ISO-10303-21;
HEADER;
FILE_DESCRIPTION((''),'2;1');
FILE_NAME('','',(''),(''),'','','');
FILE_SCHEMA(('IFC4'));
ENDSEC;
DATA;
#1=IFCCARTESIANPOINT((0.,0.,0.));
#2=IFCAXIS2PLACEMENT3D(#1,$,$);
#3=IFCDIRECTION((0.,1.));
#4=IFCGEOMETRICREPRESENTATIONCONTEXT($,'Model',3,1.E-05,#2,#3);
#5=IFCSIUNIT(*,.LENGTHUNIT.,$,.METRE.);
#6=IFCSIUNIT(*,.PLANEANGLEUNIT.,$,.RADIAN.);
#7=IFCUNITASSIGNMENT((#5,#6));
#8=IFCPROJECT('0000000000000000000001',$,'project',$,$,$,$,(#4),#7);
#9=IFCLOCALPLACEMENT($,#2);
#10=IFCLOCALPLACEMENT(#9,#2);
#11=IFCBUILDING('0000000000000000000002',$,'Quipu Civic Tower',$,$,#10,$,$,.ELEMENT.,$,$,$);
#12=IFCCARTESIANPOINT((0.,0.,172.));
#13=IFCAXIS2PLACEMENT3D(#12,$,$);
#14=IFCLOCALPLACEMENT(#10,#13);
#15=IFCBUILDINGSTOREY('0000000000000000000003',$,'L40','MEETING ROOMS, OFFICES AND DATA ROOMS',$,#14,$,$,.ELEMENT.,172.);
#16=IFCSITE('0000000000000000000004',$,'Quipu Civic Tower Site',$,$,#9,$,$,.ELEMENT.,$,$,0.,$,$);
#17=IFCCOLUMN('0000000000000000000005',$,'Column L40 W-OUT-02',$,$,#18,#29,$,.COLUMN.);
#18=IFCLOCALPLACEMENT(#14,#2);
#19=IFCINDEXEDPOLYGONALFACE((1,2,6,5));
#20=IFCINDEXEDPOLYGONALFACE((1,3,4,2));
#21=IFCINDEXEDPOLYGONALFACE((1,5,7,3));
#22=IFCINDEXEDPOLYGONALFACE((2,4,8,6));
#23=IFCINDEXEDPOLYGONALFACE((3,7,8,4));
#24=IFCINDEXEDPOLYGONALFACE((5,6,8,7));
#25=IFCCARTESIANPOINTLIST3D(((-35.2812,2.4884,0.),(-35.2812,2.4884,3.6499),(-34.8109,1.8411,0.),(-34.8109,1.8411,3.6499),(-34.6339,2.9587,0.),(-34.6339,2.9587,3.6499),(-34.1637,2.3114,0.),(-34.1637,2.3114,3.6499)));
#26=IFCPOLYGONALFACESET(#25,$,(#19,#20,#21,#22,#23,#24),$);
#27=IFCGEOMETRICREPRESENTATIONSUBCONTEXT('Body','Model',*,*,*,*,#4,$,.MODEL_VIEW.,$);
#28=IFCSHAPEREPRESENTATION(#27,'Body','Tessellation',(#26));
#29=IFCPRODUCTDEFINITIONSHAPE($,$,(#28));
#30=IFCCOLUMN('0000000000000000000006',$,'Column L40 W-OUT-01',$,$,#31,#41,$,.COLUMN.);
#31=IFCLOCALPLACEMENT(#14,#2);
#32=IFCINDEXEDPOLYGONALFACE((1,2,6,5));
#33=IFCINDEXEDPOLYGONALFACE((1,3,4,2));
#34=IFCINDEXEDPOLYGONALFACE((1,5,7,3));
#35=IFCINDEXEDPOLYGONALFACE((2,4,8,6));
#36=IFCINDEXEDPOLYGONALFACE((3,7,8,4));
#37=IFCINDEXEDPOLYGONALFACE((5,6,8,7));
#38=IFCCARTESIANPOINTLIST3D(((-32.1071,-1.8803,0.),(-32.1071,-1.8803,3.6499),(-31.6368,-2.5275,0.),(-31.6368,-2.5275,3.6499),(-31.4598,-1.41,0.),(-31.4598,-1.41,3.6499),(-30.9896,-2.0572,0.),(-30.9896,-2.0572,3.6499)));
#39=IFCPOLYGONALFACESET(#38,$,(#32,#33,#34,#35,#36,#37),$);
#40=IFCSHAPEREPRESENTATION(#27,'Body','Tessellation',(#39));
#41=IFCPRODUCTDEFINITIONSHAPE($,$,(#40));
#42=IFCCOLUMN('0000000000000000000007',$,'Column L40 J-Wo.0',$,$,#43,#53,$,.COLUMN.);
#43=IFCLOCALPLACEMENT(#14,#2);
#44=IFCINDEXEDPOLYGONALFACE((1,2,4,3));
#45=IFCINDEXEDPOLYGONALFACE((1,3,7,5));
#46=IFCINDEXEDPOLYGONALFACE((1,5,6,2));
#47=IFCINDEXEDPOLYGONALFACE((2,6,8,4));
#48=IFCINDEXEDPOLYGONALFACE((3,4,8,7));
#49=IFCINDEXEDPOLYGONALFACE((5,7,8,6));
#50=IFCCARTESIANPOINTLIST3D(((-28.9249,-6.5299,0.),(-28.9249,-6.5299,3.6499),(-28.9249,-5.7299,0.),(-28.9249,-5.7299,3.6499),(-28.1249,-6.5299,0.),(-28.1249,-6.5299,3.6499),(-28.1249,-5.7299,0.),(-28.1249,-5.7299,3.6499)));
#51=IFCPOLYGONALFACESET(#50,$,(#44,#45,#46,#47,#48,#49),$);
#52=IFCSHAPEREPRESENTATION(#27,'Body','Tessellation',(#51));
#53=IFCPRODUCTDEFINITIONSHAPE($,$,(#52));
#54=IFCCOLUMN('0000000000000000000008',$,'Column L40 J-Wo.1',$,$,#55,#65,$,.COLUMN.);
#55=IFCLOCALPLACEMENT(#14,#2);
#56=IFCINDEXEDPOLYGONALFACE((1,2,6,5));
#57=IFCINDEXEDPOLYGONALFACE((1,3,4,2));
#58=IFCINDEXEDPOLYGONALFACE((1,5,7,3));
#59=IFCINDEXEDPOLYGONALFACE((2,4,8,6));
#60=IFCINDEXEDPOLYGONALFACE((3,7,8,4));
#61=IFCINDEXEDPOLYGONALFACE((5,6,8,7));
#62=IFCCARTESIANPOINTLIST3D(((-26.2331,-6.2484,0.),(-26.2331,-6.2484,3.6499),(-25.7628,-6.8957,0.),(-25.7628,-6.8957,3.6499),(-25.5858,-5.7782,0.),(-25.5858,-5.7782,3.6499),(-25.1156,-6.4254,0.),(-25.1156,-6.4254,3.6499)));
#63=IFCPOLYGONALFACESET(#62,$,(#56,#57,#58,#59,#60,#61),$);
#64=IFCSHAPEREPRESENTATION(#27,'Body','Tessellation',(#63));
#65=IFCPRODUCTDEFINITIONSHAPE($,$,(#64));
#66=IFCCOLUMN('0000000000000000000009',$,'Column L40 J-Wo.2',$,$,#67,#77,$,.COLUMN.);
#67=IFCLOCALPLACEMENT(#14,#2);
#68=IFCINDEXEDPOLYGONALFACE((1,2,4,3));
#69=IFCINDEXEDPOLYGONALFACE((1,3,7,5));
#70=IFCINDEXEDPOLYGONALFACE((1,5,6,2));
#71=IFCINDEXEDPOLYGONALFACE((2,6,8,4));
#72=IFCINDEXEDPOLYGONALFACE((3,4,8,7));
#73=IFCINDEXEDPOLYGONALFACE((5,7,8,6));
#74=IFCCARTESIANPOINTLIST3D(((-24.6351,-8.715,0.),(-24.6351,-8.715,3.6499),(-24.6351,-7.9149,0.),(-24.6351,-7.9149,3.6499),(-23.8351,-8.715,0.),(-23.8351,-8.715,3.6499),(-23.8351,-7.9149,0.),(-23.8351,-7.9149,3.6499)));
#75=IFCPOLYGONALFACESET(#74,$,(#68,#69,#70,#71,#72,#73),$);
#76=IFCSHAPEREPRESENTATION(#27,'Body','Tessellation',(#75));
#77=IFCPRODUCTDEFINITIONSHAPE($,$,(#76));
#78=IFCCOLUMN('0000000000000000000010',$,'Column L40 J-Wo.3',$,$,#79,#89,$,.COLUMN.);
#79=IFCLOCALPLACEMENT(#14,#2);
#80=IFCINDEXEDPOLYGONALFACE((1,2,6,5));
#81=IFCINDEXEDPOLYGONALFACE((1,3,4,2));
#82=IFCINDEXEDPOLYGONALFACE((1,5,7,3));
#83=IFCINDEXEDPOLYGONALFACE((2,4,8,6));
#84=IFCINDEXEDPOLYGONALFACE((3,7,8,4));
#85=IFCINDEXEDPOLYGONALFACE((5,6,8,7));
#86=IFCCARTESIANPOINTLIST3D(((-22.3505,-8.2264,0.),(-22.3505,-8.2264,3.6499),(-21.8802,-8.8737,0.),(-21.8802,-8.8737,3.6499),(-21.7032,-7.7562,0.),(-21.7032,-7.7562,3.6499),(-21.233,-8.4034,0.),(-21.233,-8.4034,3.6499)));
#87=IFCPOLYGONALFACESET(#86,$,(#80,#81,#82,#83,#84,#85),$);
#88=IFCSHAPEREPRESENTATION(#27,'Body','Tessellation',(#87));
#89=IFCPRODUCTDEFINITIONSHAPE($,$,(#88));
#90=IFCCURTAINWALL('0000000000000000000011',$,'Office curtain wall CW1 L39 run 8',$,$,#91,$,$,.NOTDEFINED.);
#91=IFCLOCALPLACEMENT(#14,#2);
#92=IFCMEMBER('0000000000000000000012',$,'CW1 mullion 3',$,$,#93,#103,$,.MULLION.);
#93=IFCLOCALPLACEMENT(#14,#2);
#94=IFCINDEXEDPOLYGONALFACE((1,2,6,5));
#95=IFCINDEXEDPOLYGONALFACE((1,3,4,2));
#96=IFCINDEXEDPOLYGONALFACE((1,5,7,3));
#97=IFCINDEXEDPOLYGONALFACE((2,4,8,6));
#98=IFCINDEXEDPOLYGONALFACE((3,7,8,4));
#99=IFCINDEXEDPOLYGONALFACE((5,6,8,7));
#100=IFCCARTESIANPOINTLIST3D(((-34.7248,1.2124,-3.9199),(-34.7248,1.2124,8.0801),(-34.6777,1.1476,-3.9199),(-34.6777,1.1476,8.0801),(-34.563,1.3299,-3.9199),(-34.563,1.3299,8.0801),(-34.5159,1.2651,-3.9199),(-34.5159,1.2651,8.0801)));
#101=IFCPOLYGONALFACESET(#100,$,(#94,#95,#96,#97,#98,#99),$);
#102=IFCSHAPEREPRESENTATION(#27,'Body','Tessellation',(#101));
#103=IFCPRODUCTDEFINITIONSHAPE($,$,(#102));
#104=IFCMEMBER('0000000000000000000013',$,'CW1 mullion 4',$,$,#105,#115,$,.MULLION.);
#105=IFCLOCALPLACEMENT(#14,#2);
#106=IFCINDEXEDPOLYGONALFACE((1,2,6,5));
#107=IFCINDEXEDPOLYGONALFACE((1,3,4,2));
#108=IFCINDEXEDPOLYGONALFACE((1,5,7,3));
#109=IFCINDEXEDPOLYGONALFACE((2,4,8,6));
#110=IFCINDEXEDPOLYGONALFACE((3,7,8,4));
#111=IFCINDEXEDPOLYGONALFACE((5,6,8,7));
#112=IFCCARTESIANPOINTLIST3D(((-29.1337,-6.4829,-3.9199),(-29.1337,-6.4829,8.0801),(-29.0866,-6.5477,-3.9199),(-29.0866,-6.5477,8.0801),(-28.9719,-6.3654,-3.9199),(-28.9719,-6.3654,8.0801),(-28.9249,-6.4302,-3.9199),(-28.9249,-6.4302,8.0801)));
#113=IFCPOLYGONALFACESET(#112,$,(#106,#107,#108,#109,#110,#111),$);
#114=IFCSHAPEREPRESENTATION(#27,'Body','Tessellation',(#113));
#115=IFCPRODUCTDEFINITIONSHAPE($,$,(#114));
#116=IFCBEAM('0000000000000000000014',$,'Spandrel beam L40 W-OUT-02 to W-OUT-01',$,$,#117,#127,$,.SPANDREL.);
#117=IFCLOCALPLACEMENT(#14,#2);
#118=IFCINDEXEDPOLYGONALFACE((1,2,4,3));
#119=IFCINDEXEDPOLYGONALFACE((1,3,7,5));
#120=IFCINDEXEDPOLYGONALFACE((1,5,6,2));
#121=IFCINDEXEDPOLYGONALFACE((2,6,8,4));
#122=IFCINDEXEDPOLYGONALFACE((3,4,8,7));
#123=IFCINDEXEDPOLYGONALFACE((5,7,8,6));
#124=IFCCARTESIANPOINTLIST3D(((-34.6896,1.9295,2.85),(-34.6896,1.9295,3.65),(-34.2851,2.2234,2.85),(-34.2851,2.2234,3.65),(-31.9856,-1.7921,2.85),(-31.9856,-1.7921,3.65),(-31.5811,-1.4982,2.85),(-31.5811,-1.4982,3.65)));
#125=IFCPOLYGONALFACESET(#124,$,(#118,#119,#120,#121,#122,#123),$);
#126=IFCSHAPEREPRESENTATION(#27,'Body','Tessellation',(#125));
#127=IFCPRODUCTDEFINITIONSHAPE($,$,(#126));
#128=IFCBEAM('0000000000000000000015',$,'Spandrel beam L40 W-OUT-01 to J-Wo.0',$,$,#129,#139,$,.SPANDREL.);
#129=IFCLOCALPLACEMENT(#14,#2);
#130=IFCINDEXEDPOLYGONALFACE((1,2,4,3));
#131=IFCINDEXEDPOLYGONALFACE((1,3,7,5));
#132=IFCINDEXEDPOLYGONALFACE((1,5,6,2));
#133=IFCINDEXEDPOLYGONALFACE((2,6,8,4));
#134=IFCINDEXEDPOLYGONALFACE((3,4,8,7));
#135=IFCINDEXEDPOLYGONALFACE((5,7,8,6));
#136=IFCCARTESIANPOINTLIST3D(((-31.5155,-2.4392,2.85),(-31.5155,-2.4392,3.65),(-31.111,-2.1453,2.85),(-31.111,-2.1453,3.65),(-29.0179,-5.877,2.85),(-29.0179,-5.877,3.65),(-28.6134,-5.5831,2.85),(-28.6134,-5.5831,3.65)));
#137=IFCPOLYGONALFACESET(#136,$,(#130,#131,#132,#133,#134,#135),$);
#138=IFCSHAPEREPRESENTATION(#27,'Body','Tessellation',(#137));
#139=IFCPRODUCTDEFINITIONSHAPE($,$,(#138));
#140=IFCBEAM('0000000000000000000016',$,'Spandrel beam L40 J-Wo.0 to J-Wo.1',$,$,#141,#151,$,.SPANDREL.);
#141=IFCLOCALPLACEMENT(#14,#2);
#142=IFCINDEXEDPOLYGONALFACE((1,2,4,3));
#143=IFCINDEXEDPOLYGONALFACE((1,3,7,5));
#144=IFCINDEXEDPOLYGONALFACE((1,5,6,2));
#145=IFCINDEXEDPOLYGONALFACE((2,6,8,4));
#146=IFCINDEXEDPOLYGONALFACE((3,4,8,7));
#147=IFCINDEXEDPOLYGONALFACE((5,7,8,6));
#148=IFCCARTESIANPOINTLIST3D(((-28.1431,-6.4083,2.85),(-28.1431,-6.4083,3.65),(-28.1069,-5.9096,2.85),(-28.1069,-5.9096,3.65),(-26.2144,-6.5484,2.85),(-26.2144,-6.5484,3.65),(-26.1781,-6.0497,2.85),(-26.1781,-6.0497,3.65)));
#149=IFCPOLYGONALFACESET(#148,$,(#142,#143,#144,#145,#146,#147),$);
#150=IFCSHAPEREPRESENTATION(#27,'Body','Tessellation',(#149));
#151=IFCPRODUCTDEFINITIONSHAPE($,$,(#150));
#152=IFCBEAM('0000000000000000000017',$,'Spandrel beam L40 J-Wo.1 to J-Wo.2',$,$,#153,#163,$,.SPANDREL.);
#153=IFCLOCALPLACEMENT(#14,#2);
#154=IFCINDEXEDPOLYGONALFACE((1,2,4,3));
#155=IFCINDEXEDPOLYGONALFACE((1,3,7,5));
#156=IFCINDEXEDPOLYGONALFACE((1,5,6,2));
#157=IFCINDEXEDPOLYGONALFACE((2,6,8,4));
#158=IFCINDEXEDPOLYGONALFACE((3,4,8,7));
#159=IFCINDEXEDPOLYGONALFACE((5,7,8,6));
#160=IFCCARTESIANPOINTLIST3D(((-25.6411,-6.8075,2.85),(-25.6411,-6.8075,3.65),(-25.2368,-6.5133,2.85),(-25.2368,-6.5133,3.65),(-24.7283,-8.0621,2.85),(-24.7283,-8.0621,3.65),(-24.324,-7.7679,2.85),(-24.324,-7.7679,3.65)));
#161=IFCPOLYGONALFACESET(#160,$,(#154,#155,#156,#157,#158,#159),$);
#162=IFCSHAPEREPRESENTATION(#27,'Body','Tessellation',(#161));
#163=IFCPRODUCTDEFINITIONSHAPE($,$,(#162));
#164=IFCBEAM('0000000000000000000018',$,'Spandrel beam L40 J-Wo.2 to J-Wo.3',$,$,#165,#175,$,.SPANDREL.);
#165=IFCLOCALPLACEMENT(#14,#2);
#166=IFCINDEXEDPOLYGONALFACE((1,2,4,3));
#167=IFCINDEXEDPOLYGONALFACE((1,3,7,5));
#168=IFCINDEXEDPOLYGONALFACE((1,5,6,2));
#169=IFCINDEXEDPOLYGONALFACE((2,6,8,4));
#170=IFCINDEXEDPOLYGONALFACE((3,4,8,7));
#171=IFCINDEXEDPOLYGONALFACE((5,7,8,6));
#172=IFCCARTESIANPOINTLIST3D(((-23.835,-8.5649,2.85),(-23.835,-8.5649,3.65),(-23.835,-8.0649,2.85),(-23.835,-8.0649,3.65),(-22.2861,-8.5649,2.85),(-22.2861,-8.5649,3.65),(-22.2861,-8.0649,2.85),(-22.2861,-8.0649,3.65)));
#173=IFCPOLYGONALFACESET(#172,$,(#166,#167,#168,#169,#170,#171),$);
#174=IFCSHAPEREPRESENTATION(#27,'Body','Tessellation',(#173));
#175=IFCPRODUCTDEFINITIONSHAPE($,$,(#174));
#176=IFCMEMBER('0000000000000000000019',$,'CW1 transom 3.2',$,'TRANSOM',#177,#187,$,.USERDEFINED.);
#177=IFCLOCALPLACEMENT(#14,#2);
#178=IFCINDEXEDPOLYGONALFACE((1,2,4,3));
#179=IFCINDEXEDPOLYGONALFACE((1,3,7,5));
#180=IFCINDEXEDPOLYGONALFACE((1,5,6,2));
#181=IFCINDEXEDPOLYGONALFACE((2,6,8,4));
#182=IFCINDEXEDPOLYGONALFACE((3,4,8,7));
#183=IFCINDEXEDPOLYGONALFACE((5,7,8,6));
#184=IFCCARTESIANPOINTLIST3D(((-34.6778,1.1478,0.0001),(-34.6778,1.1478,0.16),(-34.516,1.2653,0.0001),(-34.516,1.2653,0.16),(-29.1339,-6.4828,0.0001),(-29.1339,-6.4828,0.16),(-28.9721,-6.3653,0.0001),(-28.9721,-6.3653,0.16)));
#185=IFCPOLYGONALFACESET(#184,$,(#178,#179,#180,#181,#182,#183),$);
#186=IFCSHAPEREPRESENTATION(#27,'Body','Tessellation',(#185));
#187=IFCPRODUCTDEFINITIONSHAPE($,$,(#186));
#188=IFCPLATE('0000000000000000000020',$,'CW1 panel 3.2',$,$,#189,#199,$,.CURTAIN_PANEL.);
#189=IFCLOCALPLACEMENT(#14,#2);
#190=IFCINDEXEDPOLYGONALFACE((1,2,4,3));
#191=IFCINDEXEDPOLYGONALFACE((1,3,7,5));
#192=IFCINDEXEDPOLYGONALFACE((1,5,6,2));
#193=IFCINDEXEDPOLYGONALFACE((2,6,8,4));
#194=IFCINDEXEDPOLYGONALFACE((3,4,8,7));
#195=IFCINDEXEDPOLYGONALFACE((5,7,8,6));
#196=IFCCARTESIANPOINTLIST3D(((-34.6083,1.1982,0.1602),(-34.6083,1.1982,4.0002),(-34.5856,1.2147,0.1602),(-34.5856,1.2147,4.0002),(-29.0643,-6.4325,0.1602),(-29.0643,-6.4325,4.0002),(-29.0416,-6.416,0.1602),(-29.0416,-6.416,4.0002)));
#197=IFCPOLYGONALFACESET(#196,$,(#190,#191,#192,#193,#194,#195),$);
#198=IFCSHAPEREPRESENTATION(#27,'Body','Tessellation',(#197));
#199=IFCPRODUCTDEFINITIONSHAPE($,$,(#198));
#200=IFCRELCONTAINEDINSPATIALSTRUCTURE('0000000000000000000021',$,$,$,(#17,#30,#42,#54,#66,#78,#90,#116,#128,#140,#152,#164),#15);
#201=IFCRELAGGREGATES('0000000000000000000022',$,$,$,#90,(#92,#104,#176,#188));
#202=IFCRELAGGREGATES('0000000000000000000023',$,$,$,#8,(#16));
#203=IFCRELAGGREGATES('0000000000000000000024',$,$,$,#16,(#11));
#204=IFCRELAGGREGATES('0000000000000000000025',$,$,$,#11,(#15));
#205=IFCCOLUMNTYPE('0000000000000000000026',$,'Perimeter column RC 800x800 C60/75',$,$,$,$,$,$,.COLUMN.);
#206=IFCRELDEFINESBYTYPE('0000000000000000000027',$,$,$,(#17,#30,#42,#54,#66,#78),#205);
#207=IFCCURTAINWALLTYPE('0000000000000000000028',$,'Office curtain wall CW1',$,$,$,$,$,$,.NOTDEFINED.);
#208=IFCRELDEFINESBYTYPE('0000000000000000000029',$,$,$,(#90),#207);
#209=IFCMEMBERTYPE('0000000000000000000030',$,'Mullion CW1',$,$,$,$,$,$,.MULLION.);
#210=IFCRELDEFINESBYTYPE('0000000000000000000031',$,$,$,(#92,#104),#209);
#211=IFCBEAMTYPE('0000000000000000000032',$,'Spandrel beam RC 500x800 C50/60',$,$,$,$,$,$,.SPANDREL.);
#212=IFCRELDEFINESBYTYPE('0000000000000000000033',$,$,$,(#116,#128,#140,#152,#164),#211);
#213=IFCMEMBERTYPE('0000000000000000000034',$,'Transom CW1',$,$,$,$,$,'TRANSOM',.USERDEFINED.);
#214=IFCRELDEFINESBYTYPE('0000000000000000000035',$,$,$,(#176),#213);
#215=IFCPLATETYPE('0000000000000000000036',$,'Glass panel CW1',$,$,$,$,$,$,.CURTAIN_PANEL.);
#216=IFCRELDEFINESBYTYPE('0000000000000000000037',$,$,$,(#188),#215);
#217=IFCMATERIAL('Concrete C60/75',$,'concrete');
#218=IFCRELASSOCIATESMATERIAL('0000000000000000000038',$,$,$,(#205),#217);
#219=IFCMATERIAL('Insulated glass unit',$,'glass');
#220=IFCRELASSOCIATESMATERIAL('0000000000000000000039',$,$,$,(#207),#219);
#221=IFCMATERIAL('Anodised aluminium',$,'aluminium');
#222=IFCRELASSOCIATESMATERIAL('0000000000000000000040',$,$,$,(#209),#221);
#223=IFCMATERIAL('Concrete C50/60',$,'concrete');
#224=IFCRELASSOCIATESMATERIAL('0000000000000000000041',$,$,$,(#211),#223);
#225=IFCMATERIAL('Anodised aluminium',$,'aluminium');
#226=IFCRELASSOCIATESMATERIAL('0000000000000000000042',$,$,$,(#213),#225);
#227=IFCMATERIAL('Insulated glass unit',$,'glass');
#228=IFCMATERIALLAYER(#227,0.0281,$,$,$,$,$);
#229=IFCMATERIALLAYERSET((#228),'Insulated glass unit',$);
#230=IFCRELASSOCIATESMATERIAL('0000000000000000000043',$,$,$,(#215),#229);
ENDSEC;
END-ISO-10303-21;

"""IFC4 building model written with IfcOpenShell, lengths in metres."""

from ifc_helpers import new_model, si_unit, direction, frame, origin, origin_2d, place, context, subcontext, project, spatial, rectangle, extrude, material, layer, layer_set, material_profile, profile_set, type_object, element, aggregate, save


model = new_model("IFC4")

# Units and contexts
model_context = context("Model", 3, precision=1e-05, world=origin(), true_north=direction((0.0, 1.0)))
body_context = subcontext(model_context, "Body", "Model", "MODEL_VIEW")
ifc_project = project(units=[si_unit("LENGTHUNIT", "METRE"), si_unit("PLANEANGLEUNIT", "RADIAN")], contexts=[model_context])

# Site, building, storey
site_placement = place(None, origin())
site = spatial("IfcSite", under=ifc_project, at=site_placement, Name="Quipu Civic Tower Site", CompositionType="ELEMENT", RefElevation=0.0)
building_placement = place(site_placement, origin())
building = spatial("IfcBuilding", under=site, at=building_placement, Name="Quipu Civic Tower", CompositionType="ELEMENT")
storey_placement = place(building_placement, frame((0.0, 0.0, 172.0)))
storey = spatial("IfcBuildingStorey", under=building, at=storey_placement, Name="L40", Description="MEETING ROOMS, OFFICES AND DATA ROOMS", CompositionType="ELEMENT", Elevation=172.0)

# Columns
ifc_material_1 = material(Name="Concrete C60/75", Category="concrete")
ifc_material_profile_1 = material_profile(ifc_material_1, rectangle(XDim=0.8, YDim=0.8, at=origin_2d()), Name="RC800x800")
ifc_profile_set_1 = profile_set([ifc_material_profile_1], Name="Concrete C60/75")
column_type = type_object("IfcColumnType", Name="Perimeter column RC 800x800 C60/75", PredefinedType="COLUMN", material=ifc_profile_set_1)
for number, where, z_axis, x_axis, name in (
    (1, (-34.7224, 2.3999, 0.0), (0.0, 0.0, 1.0), (0.587785, -0.809017, 0.0), "Column L40 W-OUT-02"),
    (2, (-31.5483, -1.9688, 0.0), (0.0, 0.0, 1.0), (0.587785, -0.809017, 0.0), "Column L40 W-OUT-01"),
    (3, (-28.5249, -6.1299, 0.0), (0.0, 0.0, 1.0), (1.0, 0.0, 0.0), "Column L40 J-Wo.0"),
    (4, (-25.6743, -6.3369, 0.0), (0.0, 0.0, 1.0), (0.587785, -0.809017, 0.0), "Column L40 J-Wo.1"),
    (5, (-24.2351, -8.3149, 0.0), (0.0, 0.0, 1.0), (1.0, 0.0, 0.0), "Column L40 J-Wo.2"),
    (6, (-21.7917, -8.3149, 0.0), (0.0, 0.0, 1.0), (0.587785, -0.809017, 0.0), "Column L40 J-Wo.3"),
):
    element("IfcColumn", number, at=place(storey_placement, frame(where, z_axis=z_axis, x_axis=x_axis)), inside=storey, type_object=column_type, Name=name, PredefinedType="COLUMN", context=body_context, shape_type="SweptSolid", body=[
        extrude(rectangle(XDim=0.8, YDim=0.8, at=origin_2d()), origin(), (0.0, 0.0, 1.0), 3.6499),
    ])

# Curtain wall, members
ifc_material_2 = material(Name="Insulated glass unit", Category="glass")
curtain_wall_type = type_object("IfcCurtainWallType", Name="Office curtain wall CW1", PredefinedType="NOTDEFINED", material=ifc_material_2)
curtain_wall_placement = place(storey_placement, origin())
curtain_wall = element("IfcCurtainWall", 7, at=curtain_wall_placement, inside=storey, type_object=curtain_wall_type, Name="Office curtain wall CW1 L39 run 8", PredefinedType="NOTDEFINED")
ifc_material_3 = material(Name="Anodised aluminium", Category="aluminium")
ifc_material_profile_2 = material_profile(ifc_material_3, rectangle(XDim=0.2, YDim=0.0801, at=origin_2d()), Name="RECT 200x80")
ifc_profile_set_2 = profile_set([ifc_material_profile_2], Name="Anodised aluminium")
member_type_1 = type_object("IfcMemberType", Name="Mullion CW1", PredefinedType="MULLION", material=ifc_profile_set_2)
member_1_placement = place(storey_placement, frame((-34.6204, 1.2388, -3.9199), z_axis=(0.0, 0.0, 1.0), x_axis=(0.809017, 0.587786, 0.0)))
member_1 = element("IfcMember", 8, at=member_1_placement, type_object=member_type_1, Name="CW1 mullion 3", PredefinedType="MULLION", context=body_context, shape_type="SweptSolid", body=[
    extrude(rectangle(XDim=0.2, YDim=0.0801, at=origin_2d()), origin(), (0.0, 0.0, 1.0), 12.0),
])
member_2_placement = place(storey_placement, frame((-29.0293, -6.4565, -3.9199), z_axis=(0.0, 0.0, 1.0), x_axis=(0.809017, 0.587786, 0.0)))
member_2 = element("IfcMember", 9, at=member_2_placement, type_object=member_type_1, Name="CW1 mullion 4", PredefinedType="MULLION", context=body_context, shape_type="SweptSolid", body=[
    extrude(rectangle(XDim=0.2, YDim=0.0801, at=origin_2d()), origin(), (0.0, 0.0, 1.0), 12.0),
])

# Beams
ifc_material_4 = material(Name="Concrete C50/60", Category="concrete")
ifc_material_profile_3 = material_profile(ifc_material_4, rectangle(XDim=0.5, YDim=0.8, at=origin_2d()), Name="RC500x800")
ifc_profile_set_3 = profile_set([ifc_material_profile_3], Name="Concrete C50/60")
beam_type = type_object("IfcBeamType", Name="Spandrel beam RC 500x800 C50/60", PredefinedType="SPANDREL", material=ifc_profile_set_3)
beam_1_placement = place(storey_placement, frame((-34.4873, 2.0764, 3.25), z_axis=(0.587796, -0.809009, 0.0), x_axis=(0.809009, 0.587796, 0.0)))
element("IfcBeam", 10, at=beam_1_placement, inside=storey, type_object=beam_type, Name="Spandrel beam L40 W-OUT-02 to W-OUT-01", PredefinedType="SPANDREL", context=body_context, shape_type="SweptSolid", body=[
    extrude(rectangle(XDim=0.5, YDim=0.8, at=origin_2d()), origin(), (0.0, 0.0, 1.0), 4.6001),
])
beam_2_placement = place(storey_placement, frame((-31.3132, -2.2922, 3.25), z_axis=(0.587769, -0.809029, 0.0), x_axis=(0.809029, 0.587769, 0.0)))
element("IfcBeam", 11, at=beam_2_placement, inside=storey, type_object=beam_type, Name="Spandrel beam L40 W-OUT-01 to J-Wo.0", PredefinedType="SPANDREL", context=body_context, shape_type="SweptSolid", body=[
    extrude(rectangle(XDim=0.5, YDim=0.8, at=origin_2d()), origin(), (0.0, 0.0, 1.0), 4.2493),
])
beam_3_placement = place(storey_placement, frame((-28.125, -6.1589, 3.25), z_axis=(0.997371, -0.072467, 0.0), x_axis=(0.072467, 0.997371, 0.0)))
element("IfcBeam", 12, at=beam_3_placement, inside=storey, type_object=beam_type, Name="Spandrel beam L40 J-Wo.0 to J-Wo.1", PredefinedType="SPANDREL", context=body_context, shape_type="SweptSolid", body=[
    extrude(rectangle(XDim=0.5, YDim=0.8, at=origin_2d()), origin(), (0.0, 0.0, 1.0), 1.9338),
])
beam_4_placement = place(storey_placement, frame((-25.439, -6.6604, 3.25), z_axis=(0.588331, -0.80862, 0.0), x_axis=(0.80862, 0.588331, 0.0)))
element("IfcBeam", 13, at=beam_4_placement, inside=storey, type_object=beam_type, Name="Spandrel beam L40 J-Wo.1 to J-Wo.2", PredefinedType="SPANDREL", context=body_context, shape_type="SweptSolid", body=[
    extrude(rectangle(XDim=0.5, YDim=0.8, at=origin_2d()), origin(), (0.0, 0.0, 1.0), 1.5515),
])
beam_5_placement = place(storey_placement, frame((-23.835, -8.3149, 3.25), z_axis=(1.0, 0.0, 0.0), x_axis=(0.0, 1.0, 0.0)))
element("IfcBeam", 14, at=beam_5_placement, inside=storey, type_object=beam_type, Name="Spandrel beam L40 J-Wo.2 to J-Wo.3", PredefinedType="SPANDREL", context=body_context, shape_type="SweptSolid", body=[
    extrude(rectangle(XDim=0.5, YDim=0.8, at=origin_2d()), origin(), (0.0, 0.0, 1.0), 1.5488),
])

# Member
ifc_material_5 = material(Name="Anodised aluminium", Category="aluminium")
ifc_material_profile_4 = material_profile(ifc_material_5, rectangle(XDim=0.2, YDim=0.1599, at=origin_2d()), Name="RECT 200x160")
ifc_profile_set_4 = profile_set([ifc_material_profile_4], Name="Anodised aluminium")
member_type_2 = type_object("IfcMemberType", Name="Transom CW1", ElementType="TRANSOM", PredefinedType="USERDEFINED", material=ifc_profile_set_4)
member_3_placement = place(storey_placement, frame((-34.5969, 1.2065, 0.0801), z_axis=(0.587784, -0.809018, 0.0), x_axis=(0.809018, 0.587784, 0.0)))
member_3 = element("IfcMember", 15, at=member_3_placement, type_object=member_type_2, Name="CW1 transom 3.2", ObjectType="TRANSOM", PredefinedType="USERDEFINED", context=body_context, shape_type="SweptSolid", body=[
    extrude(rectangle(XDim=0.2, YDim=0.1599, at=origin_2d()), origin(), (0.0, 0.0, 1.0), 9.4319),
])

# Plate
ifc_material_6 = material(Name="Insulated glass unit", Category="glass")
ifc_layer = layer(ifc_material_6, 0.0281)
ifc_layer_set = layer_set([ifc_layer], Name="Insulated glass unit")
plate_type_1 = type_object("IfcPlateType", Name="Glass panel CW1", PredefinedType="CURTAIN_PANEL", material=ifc_layer_set)
plate_placement = place(storey_placement, frame((-31.825, -2.6089, 0.1602), z_axis=(0.0, 0.0, 1.0), x_axis=(0.587786, -0.809017, 0.0)))
plate = element("IfcPlate", 16, at=plate_placement, type_object=plate_type_1, Name="CW1 panel 3.2", PredefinedType="CURTAIN_PANEL", context=body_context, shape_type="SweptSolid", body=[
    extrude(rectangle(XDim=9.4321, YDim=0.0281, at=origin_2d()), origin(), (0.0, 0.0, 1.0), 3.8401),
])
aggregate(curtain_wall, [member_1, member_2, member_3, plate])

save(model, "model.ifc")
